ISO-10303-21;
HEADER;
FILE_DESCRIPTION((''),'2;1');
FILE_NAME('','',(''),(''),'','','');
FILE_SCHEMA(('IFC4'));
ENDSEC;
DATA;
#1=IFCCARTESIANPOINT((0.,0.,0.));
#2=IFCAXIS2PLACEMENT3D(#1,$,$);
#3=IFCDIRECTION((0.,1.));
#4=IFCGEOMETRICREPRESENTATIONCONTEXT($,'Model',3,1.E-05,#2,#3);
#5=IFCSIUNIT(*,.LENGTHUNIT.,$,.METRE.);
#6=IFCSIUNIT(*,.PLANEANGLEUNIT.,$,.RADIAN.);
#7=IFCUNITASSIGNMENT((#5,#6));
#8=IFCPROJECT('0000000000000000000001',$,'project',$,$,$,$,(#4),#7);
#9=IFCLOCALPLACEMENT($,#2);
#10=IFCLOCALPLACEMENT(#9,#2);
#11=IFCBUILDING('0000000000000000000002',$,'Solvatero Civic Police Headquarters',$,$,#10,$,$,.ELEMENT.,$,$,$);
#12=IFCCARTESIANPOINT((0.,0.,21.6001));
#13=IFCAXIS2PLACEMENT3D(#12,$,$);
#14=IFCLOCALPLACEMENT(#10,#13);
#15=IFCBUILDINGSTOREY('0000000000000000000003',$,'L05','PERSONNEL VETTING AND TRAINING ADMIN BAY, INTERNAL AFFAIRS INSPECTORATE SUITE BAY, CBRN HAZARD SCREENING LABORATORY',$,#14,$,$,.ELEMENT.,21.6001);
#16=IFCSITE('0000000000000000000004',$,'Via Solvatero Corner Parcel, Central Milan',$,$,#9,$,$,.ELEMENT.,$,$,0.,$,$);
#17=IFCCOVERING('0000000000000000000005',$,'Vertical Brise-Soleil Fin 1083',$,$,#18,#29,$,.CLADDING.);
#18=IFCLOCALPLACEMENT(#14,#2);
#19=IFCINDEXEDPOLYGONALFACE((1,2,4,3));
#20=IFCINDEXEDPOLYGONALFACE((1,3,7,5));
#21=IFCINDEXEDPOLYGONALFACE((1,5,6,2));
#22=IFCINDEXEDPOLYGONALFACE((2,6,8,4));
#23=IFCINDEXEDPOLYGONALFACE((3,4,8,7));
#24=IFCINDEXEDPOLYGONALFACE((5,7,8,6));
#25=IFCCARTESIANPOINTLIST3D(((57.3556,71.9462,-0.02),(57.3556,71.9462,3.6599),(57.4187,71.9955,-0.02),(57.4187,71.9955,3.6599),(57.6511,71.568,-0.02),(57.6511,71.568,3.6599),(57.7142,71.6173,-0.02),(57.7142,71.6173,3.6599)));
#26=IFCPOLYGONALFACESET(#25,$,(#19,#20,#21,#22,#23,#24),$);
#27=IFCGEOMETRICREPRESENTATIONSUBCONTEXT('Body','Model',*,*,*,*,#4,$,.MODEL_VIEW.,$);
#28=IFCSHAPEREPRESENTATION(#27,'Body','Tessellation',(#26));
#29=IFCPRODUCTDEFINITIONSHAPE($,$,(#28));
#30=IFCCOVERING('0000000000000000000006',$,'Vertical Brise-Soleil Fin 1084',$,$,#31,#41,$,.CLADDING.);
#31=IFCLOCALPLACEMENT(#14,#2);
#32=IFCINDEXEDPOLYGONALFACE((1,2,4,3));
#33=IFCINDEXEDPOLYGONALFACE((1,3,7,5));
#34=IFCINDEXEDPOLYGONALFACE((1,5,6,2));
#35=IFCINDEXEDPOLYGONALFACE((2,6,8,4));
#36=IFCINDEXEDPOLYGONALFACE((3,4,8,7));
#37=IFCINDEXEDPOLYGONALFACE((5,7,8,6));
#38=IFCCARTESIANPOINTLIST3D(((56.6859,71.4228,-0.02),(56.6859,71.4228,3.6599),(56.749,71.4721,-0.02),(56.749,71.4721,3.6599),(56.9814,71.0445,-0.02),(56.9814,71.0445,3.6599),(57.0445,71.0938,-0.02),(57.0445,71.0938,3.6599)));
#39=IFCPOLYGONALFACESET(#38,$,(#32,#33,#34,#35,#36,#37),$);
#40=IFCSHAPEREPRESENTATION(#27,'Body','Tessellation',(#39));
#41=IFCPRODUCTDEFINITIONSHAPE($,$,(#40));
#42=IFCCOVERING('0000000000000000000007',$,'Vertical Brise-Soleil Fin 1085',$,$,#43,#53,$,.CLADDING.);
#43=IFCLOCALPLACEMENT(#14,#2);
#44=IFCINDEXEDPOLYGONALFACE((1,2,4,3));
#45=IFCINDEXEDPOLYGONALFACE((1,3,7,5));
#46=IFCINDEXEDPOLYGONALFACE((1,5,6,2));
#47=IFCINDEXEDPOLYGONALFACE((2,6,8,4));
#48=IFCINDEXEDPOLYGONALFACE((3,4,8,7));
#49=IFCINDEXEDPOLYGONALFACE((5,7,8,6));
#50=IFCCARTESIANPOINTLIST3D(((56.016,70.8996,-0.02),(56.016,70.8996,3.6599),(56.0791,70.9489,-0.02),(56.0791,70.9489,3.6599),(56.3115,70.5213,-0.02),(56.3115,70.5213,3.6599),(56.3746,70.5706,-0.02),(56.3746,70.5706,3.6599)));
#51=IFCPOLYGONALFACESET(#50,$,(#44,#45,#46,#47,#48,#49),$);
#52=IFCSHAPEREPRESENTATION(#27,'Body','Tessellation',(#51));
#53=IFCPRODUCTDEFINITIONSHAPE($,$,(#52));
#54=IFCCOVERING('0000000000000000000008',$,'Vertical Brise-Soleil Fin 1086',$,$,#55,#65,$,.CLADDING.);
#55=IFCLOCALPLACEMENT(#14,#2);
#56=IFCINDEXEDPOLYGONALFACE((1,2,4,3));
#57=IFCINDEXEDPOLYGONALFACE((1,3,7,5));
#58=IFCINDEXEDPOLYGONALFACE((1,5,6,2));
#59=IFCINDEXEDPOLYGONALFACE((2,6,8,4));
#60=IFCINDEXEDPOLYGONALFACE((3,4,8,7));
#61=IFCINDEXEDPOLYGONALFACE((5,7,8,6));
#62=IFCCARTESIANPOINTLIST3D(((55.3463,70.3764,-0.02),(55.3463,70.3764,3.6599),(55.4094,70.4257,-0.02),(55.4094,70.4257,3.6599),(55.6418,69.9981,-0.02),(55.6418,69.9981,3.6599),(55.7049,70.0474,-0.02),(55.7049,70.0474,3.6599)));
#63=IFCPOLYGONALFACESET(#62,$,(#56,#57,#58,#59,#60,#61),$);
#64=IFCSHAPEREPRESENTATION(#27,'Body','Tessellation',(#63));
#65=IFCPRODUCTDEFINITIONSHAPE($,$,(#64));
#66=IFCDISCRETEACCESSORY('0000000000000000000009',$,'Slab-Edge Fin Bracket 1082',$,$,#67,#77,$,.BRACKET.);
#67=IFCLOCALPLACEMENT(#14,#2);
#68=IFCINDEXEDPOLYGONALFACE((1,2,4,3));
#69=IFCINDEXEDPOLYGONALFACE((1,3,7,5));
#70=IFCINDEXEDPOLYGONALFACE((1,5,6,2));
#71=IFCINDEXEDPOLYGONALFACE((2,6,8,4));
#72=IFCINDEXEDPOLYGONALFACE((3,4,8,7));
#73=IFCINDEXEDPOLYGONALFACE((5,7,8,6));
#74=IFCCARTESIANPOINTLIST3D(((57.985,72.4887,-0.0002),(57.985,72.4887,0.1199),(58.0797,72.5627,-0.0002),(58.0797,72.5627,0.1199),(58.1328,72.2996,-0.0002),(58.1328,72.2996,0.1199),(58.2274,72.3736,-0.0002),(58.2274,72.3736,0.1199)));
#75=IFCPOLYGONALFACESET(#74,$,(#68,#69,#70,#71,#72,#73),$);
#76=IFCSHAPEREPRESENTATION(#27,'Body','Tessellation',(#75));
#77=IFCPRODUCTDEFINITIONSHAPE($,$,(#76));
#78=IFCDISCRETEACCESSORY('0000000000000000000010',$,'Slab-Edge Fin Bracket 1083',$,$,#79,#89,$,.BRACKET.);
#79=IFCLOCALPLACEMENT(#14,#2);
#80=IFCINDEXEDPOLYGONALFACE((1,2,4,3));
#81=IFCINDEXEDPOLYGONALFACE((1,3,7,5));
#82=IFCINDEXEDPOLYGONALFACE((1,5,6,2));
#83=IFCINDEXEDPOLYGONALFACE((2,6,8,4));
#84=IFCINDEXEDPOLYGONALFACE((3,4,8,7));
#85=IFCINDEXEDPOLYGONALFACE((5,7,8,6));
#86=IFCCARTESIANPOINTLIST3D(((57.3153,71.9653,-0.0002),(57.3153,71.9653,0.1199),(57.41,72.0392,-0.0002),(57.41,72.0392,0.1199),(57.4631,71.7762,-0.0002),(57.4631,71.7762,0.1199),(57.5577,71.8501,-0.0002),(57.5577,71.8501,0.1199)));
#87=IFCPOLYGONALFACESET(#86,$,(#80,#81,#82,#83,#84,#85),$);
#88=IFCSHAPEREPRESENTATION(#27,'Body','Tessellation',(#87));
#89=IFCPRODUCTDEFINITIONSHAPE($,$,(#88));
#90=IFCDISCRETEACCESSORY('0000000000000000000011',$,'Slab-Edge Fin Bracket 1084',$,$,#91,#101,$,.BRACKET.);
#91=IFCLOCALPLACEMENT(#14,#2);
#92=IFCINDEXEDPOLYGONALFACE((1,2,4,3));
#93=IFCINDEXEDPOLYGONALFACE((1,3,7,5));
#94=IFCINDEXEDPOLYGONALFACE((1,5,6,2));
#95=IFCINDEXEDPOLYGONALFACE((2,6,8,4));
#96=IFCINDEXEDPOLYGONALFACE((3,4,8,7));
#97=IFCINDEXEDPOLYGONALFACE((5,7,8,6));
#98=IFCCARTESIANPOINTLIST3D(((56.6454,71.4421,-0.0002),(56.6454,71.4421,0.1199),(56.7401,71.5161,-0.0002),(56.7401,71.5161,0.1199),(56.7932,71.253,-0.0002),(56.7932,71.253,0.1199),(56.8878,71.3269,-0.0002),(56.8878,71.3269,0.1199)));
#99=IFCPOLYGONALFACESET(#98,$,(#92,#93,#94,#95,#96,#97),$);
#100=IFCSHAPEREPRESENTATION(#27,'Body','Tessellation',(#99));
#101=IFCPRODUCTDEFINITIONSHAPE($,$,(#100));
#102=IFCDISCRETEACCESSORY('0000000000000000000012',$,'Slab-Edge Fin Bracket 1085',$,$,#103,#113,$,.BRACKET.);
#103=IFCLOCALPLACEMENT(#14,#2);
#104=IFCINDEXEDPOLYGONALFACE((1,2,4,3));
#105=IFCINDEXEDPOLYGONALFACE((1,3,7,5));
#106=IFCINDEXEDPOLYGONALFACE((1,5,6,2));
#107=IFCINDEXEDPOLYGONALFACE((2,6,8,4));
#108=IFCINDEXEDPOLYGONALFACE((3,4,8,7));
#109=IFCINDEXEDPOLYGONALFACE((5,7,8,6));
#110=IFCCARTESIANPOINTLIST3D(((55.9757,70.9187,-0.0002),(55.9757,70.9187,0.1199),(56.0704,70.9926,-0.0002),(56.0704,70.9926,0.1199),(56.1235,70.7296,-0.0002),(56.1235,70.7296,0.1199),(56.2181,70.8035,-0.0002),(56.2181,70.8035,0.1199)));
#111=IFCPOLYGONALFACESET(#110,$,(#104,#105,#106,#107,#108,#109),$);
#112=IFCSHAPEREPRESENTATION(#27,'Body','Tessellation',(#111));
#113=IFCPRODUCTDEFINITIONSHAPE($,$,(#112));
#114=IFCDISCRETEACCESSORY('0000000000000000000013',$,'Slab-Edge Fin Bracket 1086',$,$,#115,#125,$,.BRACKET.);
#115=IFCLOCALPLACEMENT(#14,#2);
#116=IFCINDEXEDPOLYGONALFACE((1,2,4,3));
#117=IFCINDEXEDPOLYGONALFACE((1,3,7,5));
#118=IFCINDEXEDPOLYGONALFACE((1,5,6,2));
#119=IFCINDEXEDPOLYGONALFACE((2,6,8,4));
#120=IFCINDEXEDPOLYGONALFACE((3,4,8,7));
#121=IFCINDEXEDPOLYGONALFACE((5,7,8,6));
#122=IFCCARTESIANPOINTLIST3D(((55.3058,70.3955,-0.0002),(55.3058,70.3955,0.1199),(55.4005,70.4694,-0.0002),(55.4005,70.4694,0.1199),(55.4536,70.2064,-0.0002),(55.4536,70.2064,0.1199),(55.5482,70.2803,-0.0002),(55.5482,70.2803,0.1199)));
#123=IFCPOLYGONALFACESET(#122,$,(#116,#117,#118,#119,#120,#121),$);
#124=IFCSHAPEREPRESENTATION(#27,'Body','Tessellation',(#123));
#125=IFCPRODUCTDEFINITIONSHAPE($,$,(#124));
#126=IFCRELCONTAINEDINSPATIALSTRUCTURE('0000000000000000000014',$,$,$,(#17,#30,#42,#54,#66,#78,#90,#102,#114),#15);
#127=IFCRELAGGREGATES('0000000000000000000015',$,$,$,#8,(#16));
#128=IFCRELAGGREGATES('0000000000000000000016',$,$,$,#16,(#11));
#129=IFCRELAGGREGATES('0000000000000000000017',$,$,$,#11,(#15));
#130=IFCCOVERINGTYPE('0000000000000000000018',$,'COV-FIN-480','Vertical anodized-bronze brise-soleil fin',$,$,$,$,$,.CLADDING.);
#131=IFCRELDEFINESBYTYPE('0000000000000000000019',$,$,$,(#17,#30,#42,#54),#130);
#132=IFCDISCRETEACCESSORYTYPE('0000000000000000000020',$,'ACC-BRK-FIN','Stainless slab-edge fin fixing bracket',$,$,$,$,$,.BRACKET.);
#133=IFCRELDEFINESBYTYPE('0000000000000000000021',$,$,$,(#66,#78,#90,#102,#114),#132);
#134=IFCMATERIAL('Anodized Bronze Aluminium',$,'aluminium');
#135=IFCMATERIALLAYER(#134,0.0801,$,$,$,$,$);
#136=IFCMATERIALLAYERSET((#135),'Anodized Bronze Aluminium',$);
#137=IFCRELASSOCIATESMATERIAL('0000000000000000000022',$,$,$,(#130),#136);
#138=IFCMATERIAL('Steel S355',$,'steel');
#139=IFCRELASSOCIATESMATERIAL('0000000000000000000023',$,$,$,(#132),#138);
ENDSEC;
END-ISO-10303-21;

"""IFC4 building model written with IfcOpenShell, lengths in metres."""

from ifc_helpers import new_model, si_unit, direction, frame, origin, origin_2d, place, context, subcontext, project, spatial, rectangle, extrude, material, layer, layer_set, type_object, element, save


model = new_model("IFC4")

# Units and contexts
model_context = context("Model", 3, precision=1e-05, world=origin(), true_north=direction((0.0, 1.0)))
body_context = subcontext(model_context, "Body", "Model", "MODEL_VIEW")
ifc_project = project(units=[si_unit("LENGTHUNIT", "METRE"), si_unit("PLANEANGLEUNIT", "RADIAN")], contexts=[model_context])

# Site, building, storey
site_placement = place(None, origin())
site = spatial("IfcSite", under=ifc_project, at=site_placement, Name="Via Solvatero Corner Parcel, Central Milan", CompositionType="ELEMENT", RefElevation=0.0)
building_placement = place(site_placement, origin())
building = spatial("IfcBuilding", under=site, at=building_placement, Name="Solvatero Civic Police Headquarters", CompositionType="ELEMENT")
storey_placement = place(building_placement, frame((0.0, 0.0, 21.6001)))
storey = spatial("IfcBuildingStorey", under=building, at=storey_placement, Name="L05", Description="PERSONNEL VETTING AND TRAINING ADMIN BAY, INTERNAL AFFAIRS INSPECTORATE SUITE BAY, CBRN HAZARD SCREENING LABORATORY", CompositionType="ELEMENT", Elevation=21.6001)

# Shared definitions
ifc_material_1 = material(Name="Steel S355", Category="steel")

# Shared definitions
ifc_material_2 = material(Name="Anodized Bronze Aluminium", Category="aluminium")

# Coverings
ifc_layer_1 = layer(ifc_material_2, 0.0801)
ifc_layer_set_1 = layer_set([ifc_layer_1], Name="Anodized Bronze Aluminium")
covering_type = type_object("IfcCoveringType", Name="COV-FIN-480", Description="Vertical anodized-bronze brise-soleil fin", PredefinedType="CLADDING", material=ifc_layer_set_1)
for number, where, z_axis, x_axis, name in (
    (1, (57.5349, 71.7817, -0.02), (0.0, 0.0, 1.0), (-0.788011, -0.615661, 0.0), "Vertical Brise-Soleil Fin 1083"),
    (2, (56.8652, 71.2583, -0.02), (0.0, 0.0, 1.0), (-0.788011, -0.615661, 0.0), "Vertical Brise-Soleil Fin 1084"),
    (3, (56.1953, 70.7351, -0.02), (0.0, 0.0, 1.0), (-0.788011, -0.615661, 0.0), "Vertical Brise-Soleil Fin 1085"),
    (4, (55.5256, 70.2119, -0.02), (0.0, 0.0, 1.0), (-0.788011, -0.615661, 0.0), "Vertical Brise-Soleil Fin 1086"),
):
    element("IfcCovering", number, at=place(storey_placement, frame(where, z_axis=z_axis, x_axis=x_axis)), inside=storey, type_object=covering_type, Name=name, PredefinedType="CLADDING", context=body_context, shape_type="SweptSolid", body=[
        extrude(rectangle(XDim=0.0801, YDim=0.48, at=origin_2d()), origin(), (0.0, 0.0, 1.0), 3.6799),
    ])

# Discrete accessories
discrete_accessory_type = type_object("IfcDiscreteAccessoryType", Name="ACC-BRK-FIN", Description="Stainless slab-edge fin fixing bracket", PredefinedType="BRACKET", material=ifc_material_1)
for number, where, z_axis, x_axis, name in (
    (5, (58.1062, 72.4312, -0.0002), (0.0, 0.0, 1.0), (-0.788011, -0.615661, 0.0), "Slab-Edge Fin Bracket 1082"),
    (6, (57.4365, 71.9077, -0.0002), (0.0, 0.0, 1.0), (-0.788011, -0.615661, 0.0), "Slab-Edge Fin Bracket 1083"),
    (7, (56.7666, 71.3845, -0.0002), (0.0, 0.0, 1.0), (-0.788011, -0.615661, 0.0), "Slab-Edge Fin Bracket 1084"),
    (8, (56.0969, 70.8611, -0.0002), (0.0, 0.0, 1.0), (-0.788011, -0.615661, 0.0), "Slab-Edge Fin Bracket 1085"),
    (9, (55.427, 70.3379, -0.0002), (0.0, 0.0, 1.0), (-0.788011, -0.615661, 0.0), "Slab-Edge Fin Bracket 1086"),
):
    element("IfcDiscreteAccessory", number, at=place(storey_placement, frame(where, z_axis=z_axis, x_axis=x_axis)), inside=storey, type_object=discrete_accessory_type, Name=name, PredefinedType="BRACKET", context=body_context, shape_type="SweptSolid", body=[
        extrude(rectangle(XDim=0.1201, YDim=0.24, at=origin_2d()), origin(), (0.0, 0.0, 1.0), 0.1201),
    ])

save(model, "model.ifc")
